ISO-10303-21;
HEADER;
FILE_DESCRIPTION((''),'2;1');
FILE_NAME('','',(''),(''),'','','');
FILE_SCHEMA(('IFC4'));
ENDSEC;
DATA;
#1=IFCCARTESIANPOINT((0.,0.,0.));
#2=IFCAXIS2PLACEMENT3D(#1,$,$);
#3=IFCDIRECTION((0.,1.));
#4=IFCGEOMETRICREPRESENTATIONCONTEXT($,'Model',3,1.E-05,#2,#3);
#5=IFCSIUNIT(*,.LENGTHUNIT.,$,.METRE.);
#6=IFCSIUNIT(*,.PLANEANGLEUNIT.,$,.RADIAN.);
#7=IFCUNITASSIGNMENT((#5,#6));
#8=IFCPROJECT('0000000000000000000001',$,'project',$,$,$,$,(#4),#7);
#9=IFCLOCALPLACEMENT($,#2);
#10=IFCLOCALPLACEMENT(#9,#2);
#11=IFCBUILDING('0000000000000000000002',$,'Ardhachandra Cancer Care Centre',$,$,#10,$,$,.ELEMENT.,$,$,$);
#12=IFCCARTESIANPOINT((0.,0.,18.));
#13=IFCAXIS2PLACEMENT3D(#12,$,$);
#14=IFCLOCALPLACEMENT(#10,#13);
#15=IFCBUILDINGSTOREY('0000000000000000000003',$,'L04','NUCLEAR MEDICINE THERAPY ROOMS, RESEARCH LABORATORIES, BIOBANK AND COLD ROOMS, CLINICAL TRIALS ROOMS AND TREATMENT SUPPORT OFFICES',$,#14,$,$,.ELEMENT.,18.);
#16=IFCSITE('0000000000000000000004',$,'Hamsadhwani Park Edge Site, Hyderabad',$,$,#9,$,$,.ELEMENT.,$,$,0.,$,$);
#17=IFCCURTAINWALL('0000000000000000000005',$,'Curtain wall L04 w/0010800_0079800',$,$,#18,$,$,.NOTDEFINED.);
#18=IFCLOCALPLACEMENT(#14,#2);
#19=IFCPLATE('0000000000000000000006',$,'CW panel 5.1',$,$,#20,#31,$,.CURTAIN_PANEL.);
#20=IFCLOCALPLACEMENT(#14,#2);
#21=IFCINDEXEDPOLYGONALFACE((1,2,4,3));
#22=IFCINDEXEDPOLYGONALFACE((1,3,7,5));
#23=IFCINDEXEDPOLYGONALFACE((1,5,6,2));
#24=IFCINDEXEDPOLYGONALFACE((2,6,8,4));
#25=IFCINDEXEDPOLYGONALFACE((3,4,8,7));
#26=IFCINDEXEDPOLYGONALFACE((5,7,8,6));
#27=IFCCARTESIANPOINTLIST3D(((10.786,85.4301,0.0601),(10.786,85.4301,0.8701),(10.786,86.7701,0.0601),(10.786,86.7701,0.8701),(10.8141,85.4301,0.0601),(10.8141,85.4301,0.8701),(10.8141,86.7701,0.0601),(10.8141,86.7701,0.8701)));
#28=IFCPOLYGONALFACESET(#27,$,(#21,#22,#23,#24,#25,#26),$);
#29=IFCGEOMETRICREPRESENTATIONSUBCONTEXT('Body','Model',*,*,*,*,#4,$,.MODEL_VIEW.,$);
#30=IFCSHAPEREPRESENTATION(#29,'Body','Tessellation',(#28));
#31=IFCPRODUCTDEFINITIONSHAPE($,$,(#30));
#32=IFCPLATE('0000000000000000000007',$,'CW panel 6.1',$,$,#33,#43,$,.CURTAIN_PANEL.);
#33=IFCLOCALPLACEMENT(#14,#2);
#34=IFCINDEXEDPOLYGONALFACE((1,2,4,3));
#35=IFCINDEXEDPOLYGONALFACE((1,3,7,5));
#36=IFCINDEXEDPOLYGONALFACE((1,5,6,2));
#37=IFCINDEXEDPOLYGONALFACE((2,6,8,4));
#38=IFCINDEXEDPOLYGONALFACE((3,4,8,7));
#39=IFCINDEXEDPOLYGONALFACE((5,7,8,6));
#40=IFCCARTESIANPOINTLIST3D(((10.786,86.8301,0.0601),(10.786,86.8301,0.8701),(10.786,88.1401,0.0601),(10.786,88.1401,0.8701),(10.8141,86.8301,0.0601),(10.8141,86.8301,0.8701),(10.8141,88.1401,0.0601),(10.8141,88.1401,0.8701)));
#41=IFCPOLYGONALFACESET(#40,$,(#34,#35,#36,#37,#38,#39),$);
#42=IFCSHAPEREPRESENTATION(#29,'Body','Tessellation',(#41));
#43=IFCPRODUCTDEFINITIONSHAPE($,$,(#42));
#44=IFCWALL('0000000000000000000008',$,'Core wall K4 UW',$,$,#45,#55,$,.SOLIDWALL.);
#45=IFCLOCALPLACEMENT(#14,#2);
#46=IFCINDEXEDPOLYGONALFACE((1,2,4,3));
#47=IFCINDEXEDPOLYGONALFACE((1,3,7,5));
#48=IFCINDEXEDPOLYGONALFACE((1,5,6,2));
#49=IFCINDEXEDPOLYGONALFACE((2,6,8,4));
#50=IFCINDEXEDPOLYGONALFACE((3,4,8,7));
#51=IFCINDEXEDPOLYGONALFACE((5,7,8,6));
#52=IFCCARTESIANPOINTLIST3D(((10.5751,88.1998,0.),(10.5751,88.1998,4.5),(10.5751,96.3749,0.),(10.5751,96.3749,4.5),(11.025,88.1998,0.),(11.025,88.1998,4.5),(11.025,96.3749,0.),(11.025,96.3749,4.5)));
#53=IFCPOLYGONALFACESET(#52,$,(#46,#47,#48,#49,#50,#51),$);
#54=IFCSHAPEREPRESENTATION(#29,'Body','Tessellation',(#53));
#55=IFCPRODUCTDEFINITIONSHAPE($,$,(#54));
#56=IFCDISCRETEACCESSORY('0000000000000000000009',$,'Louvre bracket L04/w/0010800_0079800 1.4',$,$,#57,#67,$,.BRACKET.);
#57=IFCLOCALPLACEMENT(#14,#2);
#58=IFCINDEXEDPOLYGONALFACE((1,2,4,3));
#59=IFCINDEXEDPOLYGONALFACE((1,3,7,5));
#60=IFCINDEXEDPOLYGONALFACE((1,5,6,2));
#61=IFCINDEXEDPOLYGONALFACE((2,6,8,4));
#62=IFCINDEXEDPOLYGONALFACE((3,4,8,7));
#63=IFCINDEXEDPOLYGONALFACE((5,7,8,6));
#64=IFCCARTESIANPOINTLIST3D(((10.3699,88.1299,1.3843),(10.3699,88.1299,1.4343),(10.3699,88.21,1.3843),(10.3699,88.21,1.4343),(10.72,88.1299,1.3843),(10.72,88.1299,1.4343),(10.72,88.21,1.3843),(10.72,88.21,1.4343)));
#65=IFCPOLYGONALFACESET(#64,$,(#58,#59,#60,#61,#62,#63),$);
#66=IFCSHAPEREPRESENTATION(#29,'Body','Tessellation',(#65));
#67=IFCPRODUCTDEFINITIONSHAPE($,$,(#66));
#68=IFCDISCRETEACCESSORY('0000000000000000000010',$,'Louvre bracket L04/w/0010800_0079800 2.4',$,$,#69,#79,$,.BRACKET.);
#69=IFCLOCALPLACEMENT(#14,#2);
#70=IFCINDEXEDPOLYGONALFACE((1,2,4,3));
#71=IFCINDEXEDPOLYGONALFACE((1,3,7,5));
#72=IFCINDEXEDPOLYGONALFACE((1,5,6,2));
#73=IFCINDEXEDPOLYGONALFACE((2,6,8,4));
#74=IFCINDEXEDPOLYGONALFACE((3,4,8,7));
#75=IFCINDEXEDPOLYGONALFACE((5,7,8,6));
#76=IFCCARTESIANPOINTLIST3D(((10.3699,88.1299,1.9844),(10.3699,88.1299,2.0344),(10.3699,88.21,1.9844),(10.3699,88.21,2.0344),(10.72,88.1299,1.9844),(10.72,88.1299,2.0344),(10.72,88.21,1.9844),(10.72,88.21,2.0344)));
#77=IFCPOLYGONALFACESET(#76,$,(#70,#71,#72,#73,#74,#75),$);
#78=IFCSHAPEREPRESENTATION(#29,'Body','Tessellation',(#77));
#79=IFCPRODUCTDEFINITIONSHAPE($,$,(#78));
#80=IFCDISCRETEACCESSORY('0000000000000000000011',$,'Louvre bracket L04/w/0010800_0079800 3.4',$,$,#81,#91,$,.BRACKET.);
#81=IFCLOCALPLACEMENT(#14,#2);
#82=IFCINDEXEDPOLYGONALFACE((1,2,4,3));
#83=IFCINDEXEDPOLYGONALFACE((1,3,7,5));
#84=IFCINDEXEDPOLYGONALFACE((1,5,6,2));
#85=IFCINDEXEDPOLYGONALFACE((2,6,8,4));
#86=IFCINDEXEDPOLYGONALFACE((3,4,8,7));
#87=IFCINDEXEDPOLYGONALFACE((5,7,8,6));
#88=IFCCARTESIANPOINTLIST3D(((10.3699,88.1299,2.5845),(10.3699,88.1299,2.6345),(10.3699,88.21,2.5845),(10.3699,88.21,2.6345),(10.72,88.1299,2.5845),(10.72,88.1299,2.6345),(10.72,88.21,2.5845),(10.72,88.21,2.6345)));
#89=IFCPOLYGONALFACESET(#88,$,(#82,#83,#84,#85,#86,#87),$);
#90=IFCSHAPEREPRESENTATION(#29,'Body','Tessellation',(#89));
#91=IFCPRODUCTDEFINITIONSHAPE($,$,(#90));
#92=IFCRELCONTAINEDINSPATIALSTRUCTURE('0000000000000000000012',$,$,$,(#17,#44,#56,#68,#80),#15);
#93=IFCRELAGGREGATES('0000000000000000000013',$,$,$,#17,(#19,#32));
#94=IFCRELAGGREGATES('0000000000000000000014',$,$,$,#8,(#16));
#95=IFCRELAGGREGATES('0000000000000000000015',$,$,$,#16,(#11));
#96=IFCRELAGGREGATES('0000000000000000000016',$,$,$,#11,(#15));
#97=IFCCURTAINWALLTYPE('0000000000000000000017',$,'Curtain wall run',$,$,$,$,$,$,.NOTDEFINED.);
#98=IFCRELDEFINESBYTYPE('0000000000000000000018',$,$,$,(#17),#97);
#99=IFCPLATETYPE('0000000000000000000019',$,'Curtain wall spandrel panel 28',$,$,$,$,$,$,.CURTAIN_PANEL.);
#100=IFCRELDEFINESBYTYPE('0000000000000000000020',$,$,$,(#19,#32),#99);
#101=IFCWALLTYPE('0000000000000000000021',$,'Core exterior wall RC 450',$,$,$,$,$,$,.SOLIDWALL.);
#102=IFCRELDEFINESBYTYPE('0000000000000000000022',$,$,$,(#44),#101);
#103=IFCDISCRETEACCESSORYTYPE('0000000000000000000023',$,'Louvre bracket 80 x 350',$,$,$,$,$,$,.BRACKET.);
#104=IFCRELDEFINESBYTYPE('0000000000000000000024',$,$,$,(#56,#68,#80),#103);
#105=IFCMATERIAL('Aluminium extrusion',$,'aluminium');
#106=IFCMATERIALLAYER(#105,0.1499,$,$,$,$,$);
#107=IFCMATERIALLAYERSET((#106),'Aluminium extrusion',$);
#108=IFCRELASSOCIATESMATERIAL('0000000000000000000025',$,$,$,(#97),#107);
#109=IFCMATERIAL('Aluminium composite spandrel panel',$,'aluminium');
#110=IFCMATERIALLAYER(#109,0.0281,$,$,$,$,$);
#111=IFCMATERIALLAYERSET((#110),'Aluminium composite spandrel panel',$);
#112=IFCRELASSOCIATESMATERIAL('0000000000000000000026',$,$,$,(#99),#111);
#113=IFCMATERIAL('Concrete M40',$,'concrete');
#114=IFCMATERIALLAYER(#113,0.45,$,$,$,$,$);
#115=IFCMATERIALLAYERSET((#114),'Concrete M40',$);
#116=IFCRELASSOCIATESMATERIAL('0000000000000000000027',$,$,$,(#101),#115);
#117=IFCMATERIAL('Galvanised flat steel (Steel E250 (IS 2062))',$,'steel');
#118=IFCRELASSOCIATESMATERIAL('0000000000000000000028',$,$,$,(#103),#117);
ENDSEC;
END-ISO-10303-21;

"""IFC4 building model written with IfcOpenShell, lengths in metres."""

from ifc_helpers import new_model, si_unit, direction, frame, frame_2d, origin, origin_2d, place, context, subcontext, project, spatial, rectangle, extrude, material, layer, layer_set, type_object, element, aggregate, save


model = new_model("IFC4")

# Units and contexts
model_context = context("Model", 3, precision=1e-05, world=origin(), true_north=direction((0.0, 1.0)))
body_context = subcontext(model_context, "Body", "Model", "MODEL_VIEW")
ifc_project = project(units=[si_unit("LENGTHUNIT", "METRE"), si_unit("PLANEANGLEUNIT", "RADIAN")], contexts=[model_context])

# Site, building, storey
site_placement = place(None, origin())
site = spatial("IfcSite", under=ifc_project, at=site_placement, Name="Hamsadhwani Park Edge Site, Hyderabad", CompositionType="ELEMENT", RefElevation=0.0)
building_placement = place(site_placement, origin())
building = spatial("IfcBuilding", under=site, at=building_placement, Name="Ardhachandra Cancer Care Centre", CompositionType="ELEMENT")
storey_placement = place(building_placement, frame((0.0, 0.0, 18.0)))
storey = spatial("IfcBuildingStorey", under=building, at=storey_placement, Name="L04", Description="NUCLEAR MEDICINE THERAPY ROOMS, RESEARCH LABORATORIES, BIOBANK AND COLD ROOMS, CLINICAL TRIALS ROOMS AND TREATMENT SUPPORT OFFICES", CompositionType="ELEMENT", Elevation=18.0)

# Curtain wall, plates
ifc_material_1 = material(Name="Aluminium extrusion", Category="aluminium")
ifc_layer_1 = layer(ifc_material_1, 0.1499)
ifc_layer_set_1 = layer_set([ifc_layer_1], Name="Aluminium extrusion")
curtain_wall_type = type_object("IfcCurtainWallType", Name="Curtain wall run", PredefinedType="NOTDEFINED", material=ifc_layer_set_1)
curtain_wall_placement = place(storey_placement, origin())
curtain_wall = element("IfcCurtainWall", 1, at=curtain_wall_placement, inside=storey, type_object=curtain_wall_type, Name="Curtain wall L04 w/0010800_0079800", PredefinedType="NOTDEFINED")
ifc_material_2 = material(Name="Aluminium composite spandrel panel", Category="aluminium")
ifc_layer_2 = layer(ifc_material_2, 0.0281)
ifc_layer_set_2 = layer_set([ifc_layer_2], Name="Aluminium composite spandrel panel")
plate_type_1 = type_object("IfcPlateType", Name="Curtain wall spandrel panel 28", PredefinedType="CURTAIN_PANEL", material=ifc_layer_set_2)
plate_1_placement = place(storey_placement, frame((10.8, 86.1001, 0.0601), z_axis=(0.0, 0.0, 1.0), x_axis=(0.0, 1.0, 0.0)))
plate_1 = element("IfcPlate", 2, at=plate_1_placement, type_object=plate_type_1, Name="CW panel 5.1", PredefinedType="CURTAIN_PANEL", context=body_context, shape_type="SweptSolid", body=[
    extrude(rectangle(XDim=1.3401, YDim=0.0281, at=origin_2d()), origin(), (0.0, 0.0, 1.0), 0.8101),
])
plate_2_placement = place(storey_placement, frame((10.8, 87.4851, 0.0601), z_axis=(0.0, 0.0, 1.0), x_axis=(0.0, 1.0, 0.0)))
plate_2 = element("IfcPlate", 3, at=plate_2_placement, type_object=plate_type_1, Name="CW panel 6.1", PredefinedType="CURTAIN_PANEL", context=body_context, shape_type="SweptSolid", body=[
    extrude(rectangle(XDim=1.3101, YDim=0.0281, at=origin_2d()), origin(), (0.0, 0.0, 1.0), 0.8101),
])
aggregate(curtain_wall, [plate_1, plate_2])

# Wall
ifc_material_3 = material(Name="Concrete M40", Category="concrete")
ifc_layer_3 = layer(ifc_material_3, 0.45)
ifc_layer_set_3 = layer_set([ifc_layer_3], Name="Concrete M40")
wall_type = type_object("IfcWallType", Name="Core exterior wall RC 450", PredefinedType="SOLIDWALL", material=ifc_layer_set_3)
wall_placement = place(storey_placement, frame((10.8, 88.2, 0.0), z_axis=(0.0, 0.0, 1.0), x_axis=(0.0, 1.0, 0.0)))
element("IfcWall", 4, at=wall_placement, inside=storey, type_object=wall_type, Name="Core wall K4 UW", PredefinedType="SOLIDWALL", context=body_context, shape_type="SweptSolid", body=[
    extrude(rectangle(XDim=8.175, YDim=0.45, at=frame_2d((4.0874, 0.0))), origin(), (0.0, 0.0, 1.0), 4.5),
])

# Discrete accessories
ifc_material_4 = material(Name="Galvanised flat steel (Steel E250 (IS 2062))", Category="steel")
discrete_accessory_type = type_object("IfcDiscreteAccessoryType", Name="Louvre bracket 80 x 350", PredefinedType="BRACKET", material=ifc_material_4)
for number, where, z_axis, x_axis, name in (
    (5, (10.5449, 88.1699, 1.3843), (0.0, 0.0, 1.0), (0.0, 1.0, 0.0), "Louvre bracket L04/w/0010800_0079800 1.4"),
    (6, (10.5449, 88.1699, 1.9844), (0.0, 0.0, 1.0), (0.0, 1.0, 0.0), "Louvre bracket L04/w/0010800_0079800 2.4"),
    (7, (10.5449, 88.1699, 2.5845), (0.0, 0.0, 1.0), (0.0, 1.0, 0.0), "Louvre bracket L04/w/0010800_0079800 3.4"),
):
    element("IfcDiscreteAccessory", number, at=place(storey_placement, frame(where, z_axis=z_axis, x_axis=x_axis)), inside=storey, type_object=discrete_accessory_type, Name=name, PredefinedType="BRACKET", context=body_context, shape_type="SweptSolid", body=[
        extrude(rectangle(XDim=0.0801, YDim=0.3501, at=origin_2d()), origin(), (0.0, 0.0, 1.0), 0.05),
    ])

save(model, "model.ifc")
